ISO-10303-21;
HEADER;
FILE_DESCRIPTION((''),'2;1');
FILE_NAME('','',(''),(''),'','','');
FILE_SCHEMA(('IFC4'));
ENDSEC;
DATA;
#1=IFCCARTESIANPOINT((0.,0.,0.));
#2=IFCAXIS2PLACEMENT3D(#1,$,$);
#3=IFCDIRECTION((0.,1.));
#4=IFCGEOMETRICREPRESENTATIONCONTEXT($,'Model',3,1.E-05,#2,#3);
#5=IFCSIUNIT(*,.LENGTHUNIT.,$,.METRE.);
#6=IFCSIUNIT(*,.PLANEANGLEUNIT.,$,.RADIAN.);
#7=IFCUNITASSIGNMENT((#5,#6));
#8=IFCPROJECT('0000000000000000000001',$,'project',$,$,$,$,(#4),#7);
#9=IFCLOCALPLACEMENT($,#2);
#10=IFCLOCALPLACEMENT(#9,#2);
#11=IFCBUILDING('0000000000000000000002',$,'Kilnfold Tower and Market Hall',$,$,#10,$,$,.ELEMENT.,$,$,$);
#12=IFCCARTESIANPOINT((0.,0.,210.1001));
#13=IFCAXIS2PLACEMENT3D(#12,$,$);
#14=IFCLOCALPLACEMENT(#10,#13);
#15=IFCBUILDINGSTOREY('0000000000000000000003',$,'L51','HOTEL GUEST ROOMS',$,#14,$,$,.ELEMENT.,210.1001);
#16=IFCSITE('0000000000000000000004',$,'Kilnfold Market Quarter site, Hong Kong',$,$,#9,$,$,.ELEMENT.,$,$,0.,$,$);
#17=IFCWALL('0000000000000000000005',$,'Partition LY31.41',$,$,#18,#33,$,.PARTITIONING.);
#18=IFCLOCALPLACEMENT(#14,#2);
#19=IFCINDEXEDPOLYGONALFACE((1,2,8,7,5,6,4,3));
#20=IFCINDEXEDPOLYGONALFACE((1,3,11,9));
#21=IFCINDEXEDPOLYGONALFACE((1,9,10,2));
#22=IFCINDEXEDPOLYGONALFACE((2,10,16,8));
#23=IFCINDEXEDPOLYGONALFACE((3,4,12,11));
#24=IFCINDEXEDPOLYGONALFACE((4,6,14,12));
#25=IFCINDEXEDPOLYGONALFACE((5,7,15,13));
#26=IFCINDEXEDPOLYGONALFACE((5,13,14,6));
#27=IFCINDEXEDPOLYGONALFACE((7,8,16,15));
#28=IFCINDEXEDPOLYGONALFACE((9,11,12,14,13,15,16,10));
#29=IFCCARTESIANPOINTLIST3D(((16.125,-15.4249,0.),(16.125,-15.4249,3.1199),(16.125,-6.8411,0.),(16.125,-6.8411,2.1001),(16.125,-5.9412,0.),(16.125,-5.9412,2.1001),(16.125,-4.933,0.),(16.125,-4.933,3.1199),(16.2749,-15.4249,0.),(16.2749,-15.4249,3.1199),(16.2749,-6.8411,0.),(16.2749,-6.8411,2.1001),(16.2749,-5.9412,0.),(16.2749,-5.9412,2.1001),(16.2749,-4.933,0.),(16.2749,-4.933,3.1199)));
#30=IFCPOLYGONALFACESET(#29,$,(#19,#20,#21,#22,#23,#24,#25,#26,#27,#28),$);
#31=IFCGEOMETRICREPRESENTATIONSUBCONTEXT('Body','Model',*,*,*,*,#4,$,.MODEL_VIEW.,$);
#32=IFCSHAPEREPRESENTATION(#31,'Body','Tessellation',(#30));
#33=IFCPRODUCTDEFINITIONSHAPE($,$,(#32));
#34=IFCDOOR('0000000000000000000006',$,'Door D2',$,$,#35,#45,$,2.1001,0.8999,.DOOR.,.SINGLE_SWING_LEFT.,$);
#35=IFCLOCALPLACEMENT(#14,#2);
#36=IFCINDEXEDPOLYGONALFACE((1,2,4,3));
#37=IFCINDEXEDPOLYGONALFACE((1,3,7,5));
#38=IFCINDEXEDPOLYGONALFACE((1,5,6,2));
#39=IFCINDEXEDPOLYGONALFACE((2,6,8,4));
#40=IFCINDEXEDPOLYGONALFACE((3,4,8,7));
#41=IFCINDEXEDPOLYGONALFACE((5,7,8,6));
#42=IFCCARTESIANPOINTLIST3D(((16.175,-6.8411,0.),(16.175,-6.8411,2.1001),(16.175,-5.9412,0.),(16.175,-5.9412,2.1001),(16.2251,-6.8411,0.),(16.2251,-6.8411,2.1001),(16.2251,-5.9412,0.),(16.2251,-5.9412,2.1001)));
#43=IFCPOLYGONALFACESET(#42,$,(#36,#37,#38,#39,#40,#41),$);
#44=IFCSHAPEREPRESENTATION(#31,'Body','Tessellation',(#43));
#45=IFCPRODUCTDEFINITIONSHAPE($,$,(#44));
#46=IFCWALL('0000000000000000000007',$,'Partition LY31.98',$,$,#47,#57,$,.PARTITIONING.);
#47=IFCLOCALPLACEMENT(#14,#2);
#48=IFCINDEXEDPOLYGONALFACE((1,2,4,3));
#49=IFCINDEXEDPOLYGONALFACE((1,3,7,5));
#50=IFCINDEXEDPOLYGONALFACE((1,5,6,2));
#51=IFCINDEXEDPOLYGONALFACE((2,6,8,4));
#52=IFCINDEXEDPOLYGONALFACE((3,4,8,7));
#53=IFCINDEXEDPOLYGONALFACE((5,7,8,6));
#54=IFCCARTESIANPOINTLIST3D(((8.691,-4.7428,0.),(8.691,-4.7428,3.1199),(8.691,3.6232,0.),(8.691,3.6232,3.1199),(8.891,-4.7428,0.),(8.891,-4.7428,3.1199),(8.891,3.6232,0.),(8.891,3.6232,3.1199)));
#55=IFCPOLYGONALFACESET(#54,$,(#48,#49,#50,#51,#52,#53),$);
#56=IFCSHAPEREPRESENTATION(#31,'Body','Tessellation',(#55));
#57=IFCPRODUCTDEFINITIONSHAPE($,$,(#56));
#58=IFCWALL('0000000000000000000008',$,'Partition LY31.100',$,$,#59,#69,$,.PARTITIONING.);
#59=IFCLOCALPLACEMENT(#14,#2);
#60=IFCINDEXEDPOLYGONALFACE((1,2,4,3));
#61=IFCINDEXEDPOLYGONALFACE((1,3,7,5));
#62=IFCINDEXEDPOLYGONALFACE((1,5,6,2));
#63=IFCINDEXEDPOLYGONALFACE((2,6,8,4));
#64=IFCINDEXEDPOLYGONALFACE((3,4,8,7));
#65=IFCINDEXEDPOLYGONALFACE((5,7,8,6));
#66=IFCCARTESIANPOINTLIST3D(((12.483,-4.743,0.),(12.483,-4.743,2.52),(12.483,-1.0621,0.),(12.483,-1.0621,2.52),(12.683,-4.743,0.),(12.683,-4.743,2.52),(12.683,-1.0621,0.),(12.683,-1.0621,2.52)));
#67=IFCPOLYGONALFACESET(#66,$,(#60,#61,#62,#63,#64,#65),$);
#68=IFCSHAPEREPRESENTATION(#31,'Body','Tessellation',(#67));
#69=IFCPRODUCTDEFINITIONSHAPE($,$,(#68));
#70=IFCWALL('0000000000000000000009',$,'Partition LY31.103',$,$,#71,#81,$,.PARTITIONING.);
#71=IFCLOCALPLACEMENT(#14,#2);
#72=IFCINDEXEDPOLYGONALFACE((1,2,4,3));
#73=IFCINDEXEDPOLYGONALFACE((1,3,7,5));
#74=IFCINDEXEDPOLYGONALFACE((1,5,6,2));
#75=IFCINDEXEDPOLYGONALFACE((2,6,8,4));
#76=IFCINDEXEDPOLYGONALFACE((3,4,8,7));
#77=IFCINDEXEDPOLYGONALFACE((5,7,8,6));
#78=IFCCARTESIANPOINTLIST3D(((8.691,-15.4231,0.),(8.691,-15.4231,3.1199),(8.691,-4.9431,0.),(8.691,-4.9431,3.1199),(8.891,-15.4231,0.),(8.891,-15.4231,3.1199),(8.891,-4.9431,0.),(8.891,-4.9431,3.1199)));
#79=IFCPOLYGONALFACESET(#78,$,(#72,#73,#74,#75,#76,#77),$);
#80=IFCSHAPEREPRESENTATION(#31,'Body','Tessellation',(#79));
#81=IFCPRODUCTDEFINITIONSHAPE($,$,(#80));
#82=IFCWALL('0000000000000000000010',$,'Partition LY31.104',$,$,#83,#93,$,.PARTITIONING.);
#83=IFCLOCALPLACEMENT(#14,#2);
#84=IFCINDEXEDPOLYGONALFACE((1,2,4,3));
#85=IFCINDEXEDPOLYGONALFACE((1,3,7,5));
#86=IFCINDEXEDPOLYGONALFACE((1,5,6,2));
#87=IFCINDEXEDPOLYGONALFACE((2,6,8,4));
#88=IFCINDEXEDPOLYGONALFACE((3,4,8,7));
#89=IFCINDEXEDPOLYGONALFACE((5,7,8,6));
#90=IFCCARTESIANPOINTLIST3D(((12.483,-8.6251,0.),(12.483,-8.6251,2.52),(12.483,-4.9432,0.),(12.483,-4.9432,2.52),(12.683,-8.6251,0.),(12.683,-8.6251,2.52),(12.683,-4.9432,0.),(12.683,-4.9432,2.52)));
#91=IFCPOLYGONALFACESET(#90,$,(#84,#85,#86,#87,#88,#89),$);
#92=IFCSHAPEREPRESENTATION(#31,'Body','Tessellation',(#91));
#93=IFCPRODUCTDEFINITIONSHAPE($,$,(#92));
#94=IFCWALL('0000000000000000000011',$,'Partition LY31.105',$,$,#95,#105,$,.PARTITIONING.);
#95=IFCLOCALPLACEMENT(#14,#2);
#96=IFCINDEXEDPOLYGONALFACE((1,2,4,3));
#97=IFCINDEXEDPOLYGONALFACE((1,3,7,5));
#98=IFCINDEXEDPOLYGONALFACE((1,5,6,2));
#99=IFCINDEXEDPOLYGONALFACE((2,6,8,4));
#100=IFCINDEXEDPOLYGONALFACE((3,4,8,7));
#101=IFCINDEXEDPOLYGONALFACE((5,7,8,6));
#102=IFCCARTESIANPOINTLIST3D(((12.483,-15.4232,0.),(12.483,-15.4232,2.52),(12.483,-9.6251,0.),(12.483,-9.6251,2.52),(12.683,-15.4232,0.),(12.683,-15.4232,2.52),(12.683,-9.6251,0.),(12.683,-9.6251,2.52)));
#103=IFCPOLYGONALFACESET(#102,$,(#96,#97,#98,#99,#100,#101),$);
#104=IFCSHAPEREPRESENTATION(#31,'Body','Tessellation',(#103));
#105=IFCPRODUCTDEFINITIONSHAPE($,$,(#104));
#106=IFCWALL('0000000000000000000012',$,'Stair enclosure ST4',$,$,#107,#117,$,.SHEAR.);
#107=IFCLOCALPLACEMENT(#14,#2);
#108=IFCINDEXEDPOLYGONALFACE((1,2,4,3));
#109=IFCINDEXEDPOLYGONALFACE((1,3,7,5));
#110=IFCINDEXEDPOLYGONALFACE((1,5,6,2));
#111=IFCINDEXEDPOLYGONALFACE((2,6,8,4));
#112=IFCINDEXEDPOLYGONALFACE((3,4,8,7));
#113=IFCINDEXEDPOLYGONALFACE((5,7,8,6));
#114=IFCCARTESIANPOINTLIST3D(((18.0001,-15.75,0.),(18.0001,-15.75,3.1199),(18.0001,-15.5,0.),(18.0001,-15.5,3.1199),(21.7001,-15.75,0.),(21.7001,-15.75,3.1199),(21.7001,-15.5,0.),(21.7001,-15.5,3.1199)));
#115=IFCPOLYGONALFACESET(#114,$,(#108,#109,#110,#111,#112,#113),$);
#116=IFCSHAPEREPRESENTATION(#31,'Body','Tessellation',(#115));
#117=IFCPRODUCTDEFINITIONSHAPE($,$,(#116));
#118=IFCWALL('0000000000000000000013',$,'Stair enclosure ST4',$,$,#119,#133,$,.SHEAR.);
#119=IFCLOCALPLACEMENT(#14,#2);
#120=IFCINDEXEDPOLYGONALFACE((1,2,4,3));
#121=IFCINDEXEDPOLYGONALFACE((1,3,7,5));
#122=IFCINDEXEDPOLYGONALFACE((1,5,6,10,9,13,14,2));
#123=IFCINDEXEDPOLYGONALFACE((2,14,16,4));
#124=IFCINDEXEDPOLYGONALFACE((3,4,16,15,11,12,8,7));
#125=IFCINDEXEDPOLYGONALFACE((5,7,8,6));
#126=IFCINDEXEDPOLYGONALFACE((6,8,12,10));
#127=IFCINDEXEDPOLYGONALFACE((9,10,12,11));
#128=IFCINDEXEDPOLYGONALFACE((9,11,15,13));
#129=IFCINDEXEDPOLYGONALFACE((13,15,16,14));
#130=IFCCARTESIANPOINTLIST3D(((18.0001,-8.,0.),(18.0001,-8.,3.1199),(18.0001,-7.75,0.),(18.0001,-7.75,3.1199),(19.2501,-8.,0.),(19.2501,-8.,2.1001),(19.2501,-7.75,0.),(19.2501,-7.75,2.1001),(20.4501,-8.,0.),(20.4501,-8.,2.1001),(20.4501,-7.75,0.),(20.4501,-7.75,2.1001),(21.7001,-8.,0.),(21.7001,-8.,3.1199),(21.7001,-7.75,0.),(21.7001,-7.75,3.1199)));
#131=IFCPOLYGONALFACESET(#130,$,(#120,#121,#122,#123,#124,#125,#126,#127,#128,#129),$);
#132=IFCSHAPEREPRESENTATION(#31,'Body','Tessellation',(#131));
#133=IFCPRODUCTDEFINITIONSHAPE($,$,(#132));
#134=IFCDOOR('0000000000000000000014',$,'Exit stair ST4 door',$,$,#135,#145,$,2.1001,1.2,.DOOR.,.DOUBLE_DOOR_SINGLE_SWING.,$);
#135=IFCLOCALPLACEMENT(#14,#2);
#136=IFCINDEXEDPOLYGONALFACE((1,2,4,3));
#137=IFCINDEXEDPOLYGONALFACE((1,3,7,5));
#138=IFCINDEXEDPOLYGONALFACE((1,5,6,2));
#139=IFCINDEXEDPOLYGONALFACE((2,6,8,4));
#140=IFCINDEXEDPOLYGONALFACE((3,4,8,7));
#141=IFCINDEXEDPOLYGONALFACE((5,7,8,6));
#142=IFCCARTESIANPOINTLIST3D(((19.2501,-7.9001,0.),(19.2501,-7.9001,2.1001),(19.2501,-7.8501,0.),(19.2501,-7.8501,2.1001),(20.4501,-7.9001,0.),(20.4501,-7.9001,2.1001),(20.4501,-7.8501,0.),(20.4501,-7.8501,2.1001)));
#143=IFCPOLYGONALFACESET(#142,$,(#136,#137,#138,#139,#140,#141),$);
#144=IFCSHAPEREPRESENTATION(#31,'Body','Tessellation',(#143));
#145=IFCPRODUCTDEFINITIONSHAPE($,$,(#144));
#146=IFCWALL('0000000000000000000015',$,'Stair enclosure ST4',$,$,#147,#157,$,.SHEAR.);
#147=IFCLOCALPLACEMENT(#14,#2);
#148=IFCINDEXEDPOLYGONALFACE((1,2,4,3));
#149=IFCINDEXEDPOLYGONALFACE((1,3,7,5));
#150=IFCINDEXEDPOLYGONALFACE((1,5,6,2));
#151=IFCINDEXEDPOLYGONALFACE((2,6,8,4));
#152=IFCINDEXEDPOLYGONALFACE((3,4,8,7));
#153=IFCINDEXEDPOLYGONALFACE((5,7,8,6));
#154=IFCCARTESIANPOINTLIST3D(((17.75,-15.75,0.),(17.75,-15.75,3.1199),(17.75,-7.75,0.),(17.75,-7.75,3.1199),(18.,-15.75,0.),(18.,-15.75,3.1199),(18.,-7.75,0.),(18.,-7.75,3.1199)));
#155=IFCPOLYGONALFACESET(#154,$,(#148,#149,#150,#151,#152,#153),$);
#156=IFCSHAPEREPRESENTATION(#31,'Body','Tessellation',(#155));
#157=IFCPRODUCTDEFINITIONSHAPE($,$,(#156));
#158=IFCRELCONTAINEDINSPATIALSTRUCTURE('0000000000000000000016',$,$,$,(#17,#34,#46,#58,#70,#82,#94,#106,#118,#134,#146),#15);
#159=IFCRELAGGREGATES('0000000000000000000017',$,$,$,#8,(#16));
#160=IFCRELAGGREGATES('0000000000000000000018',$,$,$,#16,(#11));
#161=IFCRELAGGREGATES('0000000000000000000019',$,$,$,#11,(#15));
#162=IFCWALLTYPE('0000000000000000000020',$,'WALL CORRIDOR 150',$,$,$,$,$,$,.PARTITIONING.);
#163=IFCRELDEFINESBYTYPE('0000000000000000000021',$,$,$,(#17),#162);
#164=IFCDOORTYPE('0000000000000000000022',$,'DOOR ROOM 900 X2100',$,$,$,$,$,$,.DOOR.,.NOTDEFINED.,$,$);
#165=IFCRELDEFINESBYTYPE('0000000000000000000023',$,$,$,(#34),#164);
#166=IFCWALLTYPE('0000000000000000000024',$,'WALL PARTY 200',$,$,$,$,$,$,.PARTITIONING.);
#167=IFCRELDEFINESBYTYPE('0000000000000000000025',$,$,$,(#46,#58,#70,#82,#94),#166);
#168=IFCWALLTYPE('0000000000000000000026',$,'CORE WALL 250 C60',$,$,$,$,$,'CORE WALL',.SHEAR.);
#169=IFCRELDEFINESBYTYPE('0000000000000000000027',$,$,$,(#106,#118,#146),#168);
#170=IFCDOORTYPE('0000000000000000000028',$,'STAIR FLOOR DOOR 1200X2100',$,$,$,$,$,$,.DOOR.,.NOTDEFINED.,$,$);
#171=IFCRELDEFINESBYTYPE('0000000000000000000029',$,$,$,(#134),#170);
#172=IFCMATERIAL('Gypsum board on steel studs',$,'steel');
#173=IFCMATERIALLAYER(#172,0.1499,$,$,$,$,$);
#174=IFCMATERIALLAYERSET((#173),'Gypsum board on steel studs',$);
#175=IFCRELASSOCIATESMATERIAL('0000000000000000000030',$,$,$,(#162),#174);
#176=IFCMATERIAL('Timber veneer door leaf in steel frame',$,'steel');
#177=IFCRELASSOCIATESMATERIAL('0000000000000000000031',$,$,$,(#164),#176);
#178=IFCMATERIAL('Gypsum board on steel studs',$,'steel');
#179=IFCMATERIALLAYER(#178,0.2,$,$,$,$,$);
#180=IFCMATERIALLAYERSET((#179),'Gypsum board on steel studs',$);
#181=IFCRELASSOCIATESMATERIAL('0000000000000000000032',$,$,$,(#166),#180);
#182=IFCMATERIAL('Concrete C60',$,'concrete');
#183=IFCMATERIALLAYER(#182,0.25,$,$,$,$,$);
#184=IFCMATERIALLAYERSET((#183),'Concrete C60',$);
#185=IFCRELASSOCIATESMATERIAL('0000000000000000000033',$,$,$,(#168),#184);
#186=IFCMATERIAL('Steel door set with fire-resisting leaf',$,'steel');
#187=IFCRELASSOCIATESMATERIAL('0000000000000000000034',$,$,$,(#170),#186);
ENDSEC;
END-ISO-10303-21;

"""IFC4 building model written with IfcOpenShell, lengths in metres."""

from ifc_helpers import new_model, si_unit, direction, frame, frame_2d, origin, place, context, subcontext, project, spatial, rectangle, extrude, source, transform, mapped, material, layer, layer_set, type_object, element, fill, save


model = new_model("IFC4")

# Units and contexts
model_context = context("Model", 3, precision=1e-05, world=origin(), true_north=direction((0.0, 1.0)))
body_context = subcontext(model_context, "Body", "Model", "MODEL_VIEW")
ifc_project = project(units=[si_unit("LENGTHUNIT", "METRE"), si_unit("PLANEANGLEUNIT", "RADIAN")], contexts=[model_context])

# Site, building, storey
site_placement = place(None, origin())
site = spatial("IfcSite", under=ifc_project, at=site_placement, Name="Kilnfold Market Quarter site, Hong Kong", CompositionType="ELEMENT", RefElevation=0.0)
building_placement = place(site_placement, origin())
building = spatial("IfcBuilding", under=site, at=building_placement, Name="Kilnfold Tower and Market Hall", CompositionType="ELEMENT")
storey_placement = place(building_placement, frame((0.0, 0.0, 210.1001)))
storey = spatial("IfcBuildingStorey", under=building, at=storey_placement, Name="L51", Description="HOTEL GUEST ROOMS", CompositionType="ELEMENT", Elevation=210.1001)

# Shared definitions
ifc_material_1 = material(Name="Gypsum board on steel studs", Category="steel")
ifc_layer_1 = layer(ifc_material_1, 0.1499)
ifc_layer_set_1 = layer_set([ifc_layer_1], Name="Gypsum board on steel studs")
wall_type_1 = type_object("IfcWallType", Name="WALL CORRIDOR 150", PredefinedType="PARTITIONING", material=ifc_layer_set_1)
ifc_material_2 = material(Name="Timber veneer door leaf in steel frame", Category="steel")
door_type_1 = type_object("IfcDoorType", Name="DOOR ROOM 900 X2100", OperationType="NOTDEFINED", PredefinedType="DOOR", material=ifc_material_2)

# Wall, opening, door
wall_1_placement = place(storey_placement, frame((16.2, -15.425, 0.0), z_axis=(0.0, 0.0, 1.0), x_axis=(0.0, 1.0, 0.0)))
wall_1 = element("IfcWall", 1, at=wall_1_placement, inside=storey, type_object=wall_type_1, Name="Partition LY31.41", PredefinedType="PARTITIONING", context=body_context, shape_type="SweptSolid", body=[
    extrude(rectangle(XDim=10.4919, YDim=0.1499, at=frame_2d((5.2461, 0.0))), origin(), (0.0, 0.0, 1.0), 3.1199),
])
opening_1_placement = place(wall_1_placement, frame((8.584, 0.0, 0.0)))
opening_1 = element("IfcOpeningElement", 2, at=opening_1_placement, cuts=wall_1, PredefinedType="OPENING", context=body_context, shape_type="SweptSolid", body=[
    extrude(rectangle(XDim=0.8999, YDim=2.1001, at=frame_2d((0.45, 1.05))), frame((0.0, 0.085, 0.0), z_axis=(0.0, -1.0, 0.0), x_axis=(1.0, 0.0, 0.0)), (0.0, 0.0, 1.0), 0.1699),
])
door_1_placement = place(opening_1_placement, origin())
door_1 = element("IfcDoor", 3, at=door_1_placement, inside=storey, type_object=door_type_1, Name="Door D2", OperationType="SINGLE_SWING_LEFT", OverallHeight=2.1001, OverallWidth=0.8999, PredefinedType="DOOR", context=body_context, shape_type="SweptSolid", body=[
    extrude(rectangle(XDim=0.8999, YDim=2.1001, at=frame_2d((0.45, 1.05))), frame((0.0, 0.0249, 0.0), z_axis=(0.0, -1.0, 0.0), x_axis=(1.0, 0.0, 0.0)), (0.0, 0.0, 1.0), 0.05),
])
fill(opening_1, door_1)

# Walls
ifc_material_3 = material(Name="Gypsum board on steel studs", Category="steel")
ifc_layer_2 = layer(ifc_material_3, 0.2)
ifc_layer_set_2 = layer_set([ifc_layer_2], Name="Gypsum board on steel studs")
wall_type_2 = type_object("IfcWallType", Name="WALL PARTY 200", PredefinedType="PARTITIONING", material=ifc_layer_set_2)
wall_2_placement = place(storey_placement, frame((8.791, -4.7429, 0.0), z_axis=(0.0, 0.0, 1.0), x_axis=(0.0, 1.0, 0.0)))
element("IfcWall", 4, at=wall_2_placement, inside=storey, type_object=wall_type_2, Name="Partition LY31.98", PredefinedType="PARTITIONING", context=body_context, shape_type="SweptSolid", body=[
    extrude(rectangle(XDim=8.366, YDim=0.2, at=frame_2d((4.1831, 0.0))), origin(), (0.0, 0.0, 1.0), 3.1199),
])
wall_3_placement = place(storey_placement, frame((12.583, -4.7429, 0.0), z_axis=(0.0, 0.0, 1.0), x_axis=(0.0, 1.0, 0.0)))
element("IfcWall", 5, at=wall_3_placement, inside=storey, type_object=wall_type_2, Name="Partition LY31.100", PredefinedType="PARTITIONING", context=body_context, shape_type="SweptSolid", body=[
    extrude(rectangle(XDim=3.6809, YDim=0.2, at=frame_2d((1.8403, 0.0))), origin(), (0.0, 0.0, 1.0), 2.52),
])
wall_4_placement = place(storey_placement, frame((8.791, -15.4231, 0.0), z_axis=(0.0, 0.0, 1.0), x_axis=(0.0, 1.0, 0.0)))
element("IfcWall", 6, at=wall_4_placement, inside=storey, type_object=wall_type_2, Name="Partition LY31.103", PredefinedType="PARTITIONING", context=body_context, shape_type="SweptSolid", body=[
    extrude(rectangle(XDim=10.48, YDim=0.2, at=frame_2d((5.24, 0.0))), origin(), (0.0, 0.0, 1.0), 3.1199),
])
wall_5_placement = place(storey_placement, frame((12.583, -8.625, 0.0), z_axis=(0.0, 0.0, 1.0), x_axis=(0.0, 1.0, 0.0)))
element("IfcWall", 7, at=wall_5_placement, inside=storey, type_object=wall_type_2, Name="Partition LY31.104", PredefinedType="PARTITIONING", context=body_context, shape_type="SweptSolid", body=[
    extrude(rectangle(XDim=3.6819, YDim=0.2, at=frame_2d((1.8408, 0.0))), origin(), (0.0, 0.0, 1.0), 2.52),
])
wall_6_placement = place(storey_placement, frame((12.583, -15.4231, 0.0), z_axis=(0.0, 0.0, 1.0), x_axis=(0.0, 1.0, 0.0)))
element("IfcWall", 8, at=wall_6_placement, inside=storey, type_object=wall_type_2, Name="Partition LY31.105", PredefinedType="PARTITIONING", context=body_context, shape_type="SweptSolid", body=[
    extrude(rectangle(XDim=5.7981, YDim=0.2, at=frame_2d((2.8989, 0.0))), origin(), (0.0, 0.0, 1.0), 2.52),
])
ifc_material_4 = material(Name="Concrete C60", Category="concrete")
ifc_layer_3 = layer(ifc_material_4, 0.25)
ifc_layer_set_3 = layer_set([ifc_layer_3], Name="Concrete C60")
wall_type_3 = type_object("IfcWallType", Name="CORE WALL 250 C60", ElementType="CORE WALL", PredefinedType="SHEAR", material=ifc_layer_set_3)
shared_shape_1 = source(origin(), body_context, "Body", "SweptSolid", [
    extrude(rectangle(XDim=3.7, YDim=0.25, at=frame_2d((1.8501, 0.0))), origin(), (0.0, 0.0, 1.0), 3.1199),
])
wall_7_placement = place(storey_placement, frame((18.0, -15.625, 0.0), z_axis=(0.0, 0.0, 1.0), x_axis=(1.0, 0.0, 0.0)))
element("IfcWall", 9, at=wall_7_placement, inside=storey, type_object=wall_type_3, Name="Stair enclosure ST4", PredefinedType="SHEAR", context=body_context, shape_type="MappedRepresentation", body=[
    mapped(shared_shape_1, transform((0.0, 0.0, 0.0))),
])

# Wall, opening, door
wall_8_placement = place(storey_placement, frame((18.0, -7.875, 0.0), z_axis=(0.0, 0.0, 1.0), x_axis=(1.0, 0.0, 0.0)))
wall_8 = element("IfcWall", 10, at=wall_8_placement, inside=storey, type_object=wall_type_3, Name="Stair enclosure ST4", PredefinedType="SHEAR", context=body_context, shape_type="MappedRepresentation", body=[
    mapped(shared_shape_1, transform((0.0, 0.0, 0.0))),
])
opening_2_placement = place(wall_8_placement, frame((1.25, 0.0, 0.0)))
opening_2 = element("IfcOpeningElement", 11, at=opening_2_placement, cuts=wall_8, PredefinedType="OPENING", context=body_context, shape_type="SweptSolid", body=[
    extrude(rectangle(XDim=1.2, YDim=2.1001, at=frame_2d((0.6001, 1.05))), frame((0.0, 0.135, 0.0), z_axis=(0.0, -1.0, 0.0), x_axis=(1.0, 0.0, 0.0)), (0.0, 0.0, 1.0), 0.27),
])
ifc_material_5 = material(Name="Steel door set with fire-resisting leaf", Category="steel")
door_type_2 = type_object("IfcDoorType", Name="STAIR FLOOR DOOR 1200X2100", OperationType="NOTDEFINED", PredefinedType="DOOR", material=ifc_material_5)
door_2_placement = place(opening_2_placement, origin())
door_2 = element("IfcDoor", 12, at=door_2_placement, inside=storey, type_object=door_type_2, Name="Exit stair ST4 door", OperationType="DOUBLE_DOOR_SINGLE_SWING", OverallHeight=2.1001, OverallWidth=1.2, PredefinedType="DOOR", context=body_context, shape_type="SweptSolid", body=[
    extrude(rectangle(XDim=1.2, YDim=2.1001, at=frame_2d((0.6001, 1.05))), frame((0.0, 0.0249, 0.0), z_axis=(0.0, -1.0, 0.0), x_axis=(1.0, 0.0, 0.0)), (0.0, 0.0, 1.0), 0.05),
])
fill(opening_2, door_2)

# Wall
shared_shape_2 = source(origin(), body_context, "Body", "SweptSolid", [
    extrude(rectangle(XDim=8.0, YDim=0.25, at=frame_2d((4.0, 0.0))), origin(), (0.0, 0.0, 1.0), 3.1199),
])
wall_9_placement = place(storey_placement, frame((17.875, -15.75, 0.0), z_axis=(0.0, 0.0, 1.0), x_axis=(0.0, 1.0, 0.0)))
element("IfcWall", 13, at=wall_9_placement, inside=storey, type_object=wall_type_3, Name="Stair enclosure ST4", PredefinedType="SHEAR", context=body_context, shape_type="MappedRepresentation", body=[
    mapped(shared_shape_2, transform((0.0, 0.0, 0.0))),
])

save(model, "model.ifc")
